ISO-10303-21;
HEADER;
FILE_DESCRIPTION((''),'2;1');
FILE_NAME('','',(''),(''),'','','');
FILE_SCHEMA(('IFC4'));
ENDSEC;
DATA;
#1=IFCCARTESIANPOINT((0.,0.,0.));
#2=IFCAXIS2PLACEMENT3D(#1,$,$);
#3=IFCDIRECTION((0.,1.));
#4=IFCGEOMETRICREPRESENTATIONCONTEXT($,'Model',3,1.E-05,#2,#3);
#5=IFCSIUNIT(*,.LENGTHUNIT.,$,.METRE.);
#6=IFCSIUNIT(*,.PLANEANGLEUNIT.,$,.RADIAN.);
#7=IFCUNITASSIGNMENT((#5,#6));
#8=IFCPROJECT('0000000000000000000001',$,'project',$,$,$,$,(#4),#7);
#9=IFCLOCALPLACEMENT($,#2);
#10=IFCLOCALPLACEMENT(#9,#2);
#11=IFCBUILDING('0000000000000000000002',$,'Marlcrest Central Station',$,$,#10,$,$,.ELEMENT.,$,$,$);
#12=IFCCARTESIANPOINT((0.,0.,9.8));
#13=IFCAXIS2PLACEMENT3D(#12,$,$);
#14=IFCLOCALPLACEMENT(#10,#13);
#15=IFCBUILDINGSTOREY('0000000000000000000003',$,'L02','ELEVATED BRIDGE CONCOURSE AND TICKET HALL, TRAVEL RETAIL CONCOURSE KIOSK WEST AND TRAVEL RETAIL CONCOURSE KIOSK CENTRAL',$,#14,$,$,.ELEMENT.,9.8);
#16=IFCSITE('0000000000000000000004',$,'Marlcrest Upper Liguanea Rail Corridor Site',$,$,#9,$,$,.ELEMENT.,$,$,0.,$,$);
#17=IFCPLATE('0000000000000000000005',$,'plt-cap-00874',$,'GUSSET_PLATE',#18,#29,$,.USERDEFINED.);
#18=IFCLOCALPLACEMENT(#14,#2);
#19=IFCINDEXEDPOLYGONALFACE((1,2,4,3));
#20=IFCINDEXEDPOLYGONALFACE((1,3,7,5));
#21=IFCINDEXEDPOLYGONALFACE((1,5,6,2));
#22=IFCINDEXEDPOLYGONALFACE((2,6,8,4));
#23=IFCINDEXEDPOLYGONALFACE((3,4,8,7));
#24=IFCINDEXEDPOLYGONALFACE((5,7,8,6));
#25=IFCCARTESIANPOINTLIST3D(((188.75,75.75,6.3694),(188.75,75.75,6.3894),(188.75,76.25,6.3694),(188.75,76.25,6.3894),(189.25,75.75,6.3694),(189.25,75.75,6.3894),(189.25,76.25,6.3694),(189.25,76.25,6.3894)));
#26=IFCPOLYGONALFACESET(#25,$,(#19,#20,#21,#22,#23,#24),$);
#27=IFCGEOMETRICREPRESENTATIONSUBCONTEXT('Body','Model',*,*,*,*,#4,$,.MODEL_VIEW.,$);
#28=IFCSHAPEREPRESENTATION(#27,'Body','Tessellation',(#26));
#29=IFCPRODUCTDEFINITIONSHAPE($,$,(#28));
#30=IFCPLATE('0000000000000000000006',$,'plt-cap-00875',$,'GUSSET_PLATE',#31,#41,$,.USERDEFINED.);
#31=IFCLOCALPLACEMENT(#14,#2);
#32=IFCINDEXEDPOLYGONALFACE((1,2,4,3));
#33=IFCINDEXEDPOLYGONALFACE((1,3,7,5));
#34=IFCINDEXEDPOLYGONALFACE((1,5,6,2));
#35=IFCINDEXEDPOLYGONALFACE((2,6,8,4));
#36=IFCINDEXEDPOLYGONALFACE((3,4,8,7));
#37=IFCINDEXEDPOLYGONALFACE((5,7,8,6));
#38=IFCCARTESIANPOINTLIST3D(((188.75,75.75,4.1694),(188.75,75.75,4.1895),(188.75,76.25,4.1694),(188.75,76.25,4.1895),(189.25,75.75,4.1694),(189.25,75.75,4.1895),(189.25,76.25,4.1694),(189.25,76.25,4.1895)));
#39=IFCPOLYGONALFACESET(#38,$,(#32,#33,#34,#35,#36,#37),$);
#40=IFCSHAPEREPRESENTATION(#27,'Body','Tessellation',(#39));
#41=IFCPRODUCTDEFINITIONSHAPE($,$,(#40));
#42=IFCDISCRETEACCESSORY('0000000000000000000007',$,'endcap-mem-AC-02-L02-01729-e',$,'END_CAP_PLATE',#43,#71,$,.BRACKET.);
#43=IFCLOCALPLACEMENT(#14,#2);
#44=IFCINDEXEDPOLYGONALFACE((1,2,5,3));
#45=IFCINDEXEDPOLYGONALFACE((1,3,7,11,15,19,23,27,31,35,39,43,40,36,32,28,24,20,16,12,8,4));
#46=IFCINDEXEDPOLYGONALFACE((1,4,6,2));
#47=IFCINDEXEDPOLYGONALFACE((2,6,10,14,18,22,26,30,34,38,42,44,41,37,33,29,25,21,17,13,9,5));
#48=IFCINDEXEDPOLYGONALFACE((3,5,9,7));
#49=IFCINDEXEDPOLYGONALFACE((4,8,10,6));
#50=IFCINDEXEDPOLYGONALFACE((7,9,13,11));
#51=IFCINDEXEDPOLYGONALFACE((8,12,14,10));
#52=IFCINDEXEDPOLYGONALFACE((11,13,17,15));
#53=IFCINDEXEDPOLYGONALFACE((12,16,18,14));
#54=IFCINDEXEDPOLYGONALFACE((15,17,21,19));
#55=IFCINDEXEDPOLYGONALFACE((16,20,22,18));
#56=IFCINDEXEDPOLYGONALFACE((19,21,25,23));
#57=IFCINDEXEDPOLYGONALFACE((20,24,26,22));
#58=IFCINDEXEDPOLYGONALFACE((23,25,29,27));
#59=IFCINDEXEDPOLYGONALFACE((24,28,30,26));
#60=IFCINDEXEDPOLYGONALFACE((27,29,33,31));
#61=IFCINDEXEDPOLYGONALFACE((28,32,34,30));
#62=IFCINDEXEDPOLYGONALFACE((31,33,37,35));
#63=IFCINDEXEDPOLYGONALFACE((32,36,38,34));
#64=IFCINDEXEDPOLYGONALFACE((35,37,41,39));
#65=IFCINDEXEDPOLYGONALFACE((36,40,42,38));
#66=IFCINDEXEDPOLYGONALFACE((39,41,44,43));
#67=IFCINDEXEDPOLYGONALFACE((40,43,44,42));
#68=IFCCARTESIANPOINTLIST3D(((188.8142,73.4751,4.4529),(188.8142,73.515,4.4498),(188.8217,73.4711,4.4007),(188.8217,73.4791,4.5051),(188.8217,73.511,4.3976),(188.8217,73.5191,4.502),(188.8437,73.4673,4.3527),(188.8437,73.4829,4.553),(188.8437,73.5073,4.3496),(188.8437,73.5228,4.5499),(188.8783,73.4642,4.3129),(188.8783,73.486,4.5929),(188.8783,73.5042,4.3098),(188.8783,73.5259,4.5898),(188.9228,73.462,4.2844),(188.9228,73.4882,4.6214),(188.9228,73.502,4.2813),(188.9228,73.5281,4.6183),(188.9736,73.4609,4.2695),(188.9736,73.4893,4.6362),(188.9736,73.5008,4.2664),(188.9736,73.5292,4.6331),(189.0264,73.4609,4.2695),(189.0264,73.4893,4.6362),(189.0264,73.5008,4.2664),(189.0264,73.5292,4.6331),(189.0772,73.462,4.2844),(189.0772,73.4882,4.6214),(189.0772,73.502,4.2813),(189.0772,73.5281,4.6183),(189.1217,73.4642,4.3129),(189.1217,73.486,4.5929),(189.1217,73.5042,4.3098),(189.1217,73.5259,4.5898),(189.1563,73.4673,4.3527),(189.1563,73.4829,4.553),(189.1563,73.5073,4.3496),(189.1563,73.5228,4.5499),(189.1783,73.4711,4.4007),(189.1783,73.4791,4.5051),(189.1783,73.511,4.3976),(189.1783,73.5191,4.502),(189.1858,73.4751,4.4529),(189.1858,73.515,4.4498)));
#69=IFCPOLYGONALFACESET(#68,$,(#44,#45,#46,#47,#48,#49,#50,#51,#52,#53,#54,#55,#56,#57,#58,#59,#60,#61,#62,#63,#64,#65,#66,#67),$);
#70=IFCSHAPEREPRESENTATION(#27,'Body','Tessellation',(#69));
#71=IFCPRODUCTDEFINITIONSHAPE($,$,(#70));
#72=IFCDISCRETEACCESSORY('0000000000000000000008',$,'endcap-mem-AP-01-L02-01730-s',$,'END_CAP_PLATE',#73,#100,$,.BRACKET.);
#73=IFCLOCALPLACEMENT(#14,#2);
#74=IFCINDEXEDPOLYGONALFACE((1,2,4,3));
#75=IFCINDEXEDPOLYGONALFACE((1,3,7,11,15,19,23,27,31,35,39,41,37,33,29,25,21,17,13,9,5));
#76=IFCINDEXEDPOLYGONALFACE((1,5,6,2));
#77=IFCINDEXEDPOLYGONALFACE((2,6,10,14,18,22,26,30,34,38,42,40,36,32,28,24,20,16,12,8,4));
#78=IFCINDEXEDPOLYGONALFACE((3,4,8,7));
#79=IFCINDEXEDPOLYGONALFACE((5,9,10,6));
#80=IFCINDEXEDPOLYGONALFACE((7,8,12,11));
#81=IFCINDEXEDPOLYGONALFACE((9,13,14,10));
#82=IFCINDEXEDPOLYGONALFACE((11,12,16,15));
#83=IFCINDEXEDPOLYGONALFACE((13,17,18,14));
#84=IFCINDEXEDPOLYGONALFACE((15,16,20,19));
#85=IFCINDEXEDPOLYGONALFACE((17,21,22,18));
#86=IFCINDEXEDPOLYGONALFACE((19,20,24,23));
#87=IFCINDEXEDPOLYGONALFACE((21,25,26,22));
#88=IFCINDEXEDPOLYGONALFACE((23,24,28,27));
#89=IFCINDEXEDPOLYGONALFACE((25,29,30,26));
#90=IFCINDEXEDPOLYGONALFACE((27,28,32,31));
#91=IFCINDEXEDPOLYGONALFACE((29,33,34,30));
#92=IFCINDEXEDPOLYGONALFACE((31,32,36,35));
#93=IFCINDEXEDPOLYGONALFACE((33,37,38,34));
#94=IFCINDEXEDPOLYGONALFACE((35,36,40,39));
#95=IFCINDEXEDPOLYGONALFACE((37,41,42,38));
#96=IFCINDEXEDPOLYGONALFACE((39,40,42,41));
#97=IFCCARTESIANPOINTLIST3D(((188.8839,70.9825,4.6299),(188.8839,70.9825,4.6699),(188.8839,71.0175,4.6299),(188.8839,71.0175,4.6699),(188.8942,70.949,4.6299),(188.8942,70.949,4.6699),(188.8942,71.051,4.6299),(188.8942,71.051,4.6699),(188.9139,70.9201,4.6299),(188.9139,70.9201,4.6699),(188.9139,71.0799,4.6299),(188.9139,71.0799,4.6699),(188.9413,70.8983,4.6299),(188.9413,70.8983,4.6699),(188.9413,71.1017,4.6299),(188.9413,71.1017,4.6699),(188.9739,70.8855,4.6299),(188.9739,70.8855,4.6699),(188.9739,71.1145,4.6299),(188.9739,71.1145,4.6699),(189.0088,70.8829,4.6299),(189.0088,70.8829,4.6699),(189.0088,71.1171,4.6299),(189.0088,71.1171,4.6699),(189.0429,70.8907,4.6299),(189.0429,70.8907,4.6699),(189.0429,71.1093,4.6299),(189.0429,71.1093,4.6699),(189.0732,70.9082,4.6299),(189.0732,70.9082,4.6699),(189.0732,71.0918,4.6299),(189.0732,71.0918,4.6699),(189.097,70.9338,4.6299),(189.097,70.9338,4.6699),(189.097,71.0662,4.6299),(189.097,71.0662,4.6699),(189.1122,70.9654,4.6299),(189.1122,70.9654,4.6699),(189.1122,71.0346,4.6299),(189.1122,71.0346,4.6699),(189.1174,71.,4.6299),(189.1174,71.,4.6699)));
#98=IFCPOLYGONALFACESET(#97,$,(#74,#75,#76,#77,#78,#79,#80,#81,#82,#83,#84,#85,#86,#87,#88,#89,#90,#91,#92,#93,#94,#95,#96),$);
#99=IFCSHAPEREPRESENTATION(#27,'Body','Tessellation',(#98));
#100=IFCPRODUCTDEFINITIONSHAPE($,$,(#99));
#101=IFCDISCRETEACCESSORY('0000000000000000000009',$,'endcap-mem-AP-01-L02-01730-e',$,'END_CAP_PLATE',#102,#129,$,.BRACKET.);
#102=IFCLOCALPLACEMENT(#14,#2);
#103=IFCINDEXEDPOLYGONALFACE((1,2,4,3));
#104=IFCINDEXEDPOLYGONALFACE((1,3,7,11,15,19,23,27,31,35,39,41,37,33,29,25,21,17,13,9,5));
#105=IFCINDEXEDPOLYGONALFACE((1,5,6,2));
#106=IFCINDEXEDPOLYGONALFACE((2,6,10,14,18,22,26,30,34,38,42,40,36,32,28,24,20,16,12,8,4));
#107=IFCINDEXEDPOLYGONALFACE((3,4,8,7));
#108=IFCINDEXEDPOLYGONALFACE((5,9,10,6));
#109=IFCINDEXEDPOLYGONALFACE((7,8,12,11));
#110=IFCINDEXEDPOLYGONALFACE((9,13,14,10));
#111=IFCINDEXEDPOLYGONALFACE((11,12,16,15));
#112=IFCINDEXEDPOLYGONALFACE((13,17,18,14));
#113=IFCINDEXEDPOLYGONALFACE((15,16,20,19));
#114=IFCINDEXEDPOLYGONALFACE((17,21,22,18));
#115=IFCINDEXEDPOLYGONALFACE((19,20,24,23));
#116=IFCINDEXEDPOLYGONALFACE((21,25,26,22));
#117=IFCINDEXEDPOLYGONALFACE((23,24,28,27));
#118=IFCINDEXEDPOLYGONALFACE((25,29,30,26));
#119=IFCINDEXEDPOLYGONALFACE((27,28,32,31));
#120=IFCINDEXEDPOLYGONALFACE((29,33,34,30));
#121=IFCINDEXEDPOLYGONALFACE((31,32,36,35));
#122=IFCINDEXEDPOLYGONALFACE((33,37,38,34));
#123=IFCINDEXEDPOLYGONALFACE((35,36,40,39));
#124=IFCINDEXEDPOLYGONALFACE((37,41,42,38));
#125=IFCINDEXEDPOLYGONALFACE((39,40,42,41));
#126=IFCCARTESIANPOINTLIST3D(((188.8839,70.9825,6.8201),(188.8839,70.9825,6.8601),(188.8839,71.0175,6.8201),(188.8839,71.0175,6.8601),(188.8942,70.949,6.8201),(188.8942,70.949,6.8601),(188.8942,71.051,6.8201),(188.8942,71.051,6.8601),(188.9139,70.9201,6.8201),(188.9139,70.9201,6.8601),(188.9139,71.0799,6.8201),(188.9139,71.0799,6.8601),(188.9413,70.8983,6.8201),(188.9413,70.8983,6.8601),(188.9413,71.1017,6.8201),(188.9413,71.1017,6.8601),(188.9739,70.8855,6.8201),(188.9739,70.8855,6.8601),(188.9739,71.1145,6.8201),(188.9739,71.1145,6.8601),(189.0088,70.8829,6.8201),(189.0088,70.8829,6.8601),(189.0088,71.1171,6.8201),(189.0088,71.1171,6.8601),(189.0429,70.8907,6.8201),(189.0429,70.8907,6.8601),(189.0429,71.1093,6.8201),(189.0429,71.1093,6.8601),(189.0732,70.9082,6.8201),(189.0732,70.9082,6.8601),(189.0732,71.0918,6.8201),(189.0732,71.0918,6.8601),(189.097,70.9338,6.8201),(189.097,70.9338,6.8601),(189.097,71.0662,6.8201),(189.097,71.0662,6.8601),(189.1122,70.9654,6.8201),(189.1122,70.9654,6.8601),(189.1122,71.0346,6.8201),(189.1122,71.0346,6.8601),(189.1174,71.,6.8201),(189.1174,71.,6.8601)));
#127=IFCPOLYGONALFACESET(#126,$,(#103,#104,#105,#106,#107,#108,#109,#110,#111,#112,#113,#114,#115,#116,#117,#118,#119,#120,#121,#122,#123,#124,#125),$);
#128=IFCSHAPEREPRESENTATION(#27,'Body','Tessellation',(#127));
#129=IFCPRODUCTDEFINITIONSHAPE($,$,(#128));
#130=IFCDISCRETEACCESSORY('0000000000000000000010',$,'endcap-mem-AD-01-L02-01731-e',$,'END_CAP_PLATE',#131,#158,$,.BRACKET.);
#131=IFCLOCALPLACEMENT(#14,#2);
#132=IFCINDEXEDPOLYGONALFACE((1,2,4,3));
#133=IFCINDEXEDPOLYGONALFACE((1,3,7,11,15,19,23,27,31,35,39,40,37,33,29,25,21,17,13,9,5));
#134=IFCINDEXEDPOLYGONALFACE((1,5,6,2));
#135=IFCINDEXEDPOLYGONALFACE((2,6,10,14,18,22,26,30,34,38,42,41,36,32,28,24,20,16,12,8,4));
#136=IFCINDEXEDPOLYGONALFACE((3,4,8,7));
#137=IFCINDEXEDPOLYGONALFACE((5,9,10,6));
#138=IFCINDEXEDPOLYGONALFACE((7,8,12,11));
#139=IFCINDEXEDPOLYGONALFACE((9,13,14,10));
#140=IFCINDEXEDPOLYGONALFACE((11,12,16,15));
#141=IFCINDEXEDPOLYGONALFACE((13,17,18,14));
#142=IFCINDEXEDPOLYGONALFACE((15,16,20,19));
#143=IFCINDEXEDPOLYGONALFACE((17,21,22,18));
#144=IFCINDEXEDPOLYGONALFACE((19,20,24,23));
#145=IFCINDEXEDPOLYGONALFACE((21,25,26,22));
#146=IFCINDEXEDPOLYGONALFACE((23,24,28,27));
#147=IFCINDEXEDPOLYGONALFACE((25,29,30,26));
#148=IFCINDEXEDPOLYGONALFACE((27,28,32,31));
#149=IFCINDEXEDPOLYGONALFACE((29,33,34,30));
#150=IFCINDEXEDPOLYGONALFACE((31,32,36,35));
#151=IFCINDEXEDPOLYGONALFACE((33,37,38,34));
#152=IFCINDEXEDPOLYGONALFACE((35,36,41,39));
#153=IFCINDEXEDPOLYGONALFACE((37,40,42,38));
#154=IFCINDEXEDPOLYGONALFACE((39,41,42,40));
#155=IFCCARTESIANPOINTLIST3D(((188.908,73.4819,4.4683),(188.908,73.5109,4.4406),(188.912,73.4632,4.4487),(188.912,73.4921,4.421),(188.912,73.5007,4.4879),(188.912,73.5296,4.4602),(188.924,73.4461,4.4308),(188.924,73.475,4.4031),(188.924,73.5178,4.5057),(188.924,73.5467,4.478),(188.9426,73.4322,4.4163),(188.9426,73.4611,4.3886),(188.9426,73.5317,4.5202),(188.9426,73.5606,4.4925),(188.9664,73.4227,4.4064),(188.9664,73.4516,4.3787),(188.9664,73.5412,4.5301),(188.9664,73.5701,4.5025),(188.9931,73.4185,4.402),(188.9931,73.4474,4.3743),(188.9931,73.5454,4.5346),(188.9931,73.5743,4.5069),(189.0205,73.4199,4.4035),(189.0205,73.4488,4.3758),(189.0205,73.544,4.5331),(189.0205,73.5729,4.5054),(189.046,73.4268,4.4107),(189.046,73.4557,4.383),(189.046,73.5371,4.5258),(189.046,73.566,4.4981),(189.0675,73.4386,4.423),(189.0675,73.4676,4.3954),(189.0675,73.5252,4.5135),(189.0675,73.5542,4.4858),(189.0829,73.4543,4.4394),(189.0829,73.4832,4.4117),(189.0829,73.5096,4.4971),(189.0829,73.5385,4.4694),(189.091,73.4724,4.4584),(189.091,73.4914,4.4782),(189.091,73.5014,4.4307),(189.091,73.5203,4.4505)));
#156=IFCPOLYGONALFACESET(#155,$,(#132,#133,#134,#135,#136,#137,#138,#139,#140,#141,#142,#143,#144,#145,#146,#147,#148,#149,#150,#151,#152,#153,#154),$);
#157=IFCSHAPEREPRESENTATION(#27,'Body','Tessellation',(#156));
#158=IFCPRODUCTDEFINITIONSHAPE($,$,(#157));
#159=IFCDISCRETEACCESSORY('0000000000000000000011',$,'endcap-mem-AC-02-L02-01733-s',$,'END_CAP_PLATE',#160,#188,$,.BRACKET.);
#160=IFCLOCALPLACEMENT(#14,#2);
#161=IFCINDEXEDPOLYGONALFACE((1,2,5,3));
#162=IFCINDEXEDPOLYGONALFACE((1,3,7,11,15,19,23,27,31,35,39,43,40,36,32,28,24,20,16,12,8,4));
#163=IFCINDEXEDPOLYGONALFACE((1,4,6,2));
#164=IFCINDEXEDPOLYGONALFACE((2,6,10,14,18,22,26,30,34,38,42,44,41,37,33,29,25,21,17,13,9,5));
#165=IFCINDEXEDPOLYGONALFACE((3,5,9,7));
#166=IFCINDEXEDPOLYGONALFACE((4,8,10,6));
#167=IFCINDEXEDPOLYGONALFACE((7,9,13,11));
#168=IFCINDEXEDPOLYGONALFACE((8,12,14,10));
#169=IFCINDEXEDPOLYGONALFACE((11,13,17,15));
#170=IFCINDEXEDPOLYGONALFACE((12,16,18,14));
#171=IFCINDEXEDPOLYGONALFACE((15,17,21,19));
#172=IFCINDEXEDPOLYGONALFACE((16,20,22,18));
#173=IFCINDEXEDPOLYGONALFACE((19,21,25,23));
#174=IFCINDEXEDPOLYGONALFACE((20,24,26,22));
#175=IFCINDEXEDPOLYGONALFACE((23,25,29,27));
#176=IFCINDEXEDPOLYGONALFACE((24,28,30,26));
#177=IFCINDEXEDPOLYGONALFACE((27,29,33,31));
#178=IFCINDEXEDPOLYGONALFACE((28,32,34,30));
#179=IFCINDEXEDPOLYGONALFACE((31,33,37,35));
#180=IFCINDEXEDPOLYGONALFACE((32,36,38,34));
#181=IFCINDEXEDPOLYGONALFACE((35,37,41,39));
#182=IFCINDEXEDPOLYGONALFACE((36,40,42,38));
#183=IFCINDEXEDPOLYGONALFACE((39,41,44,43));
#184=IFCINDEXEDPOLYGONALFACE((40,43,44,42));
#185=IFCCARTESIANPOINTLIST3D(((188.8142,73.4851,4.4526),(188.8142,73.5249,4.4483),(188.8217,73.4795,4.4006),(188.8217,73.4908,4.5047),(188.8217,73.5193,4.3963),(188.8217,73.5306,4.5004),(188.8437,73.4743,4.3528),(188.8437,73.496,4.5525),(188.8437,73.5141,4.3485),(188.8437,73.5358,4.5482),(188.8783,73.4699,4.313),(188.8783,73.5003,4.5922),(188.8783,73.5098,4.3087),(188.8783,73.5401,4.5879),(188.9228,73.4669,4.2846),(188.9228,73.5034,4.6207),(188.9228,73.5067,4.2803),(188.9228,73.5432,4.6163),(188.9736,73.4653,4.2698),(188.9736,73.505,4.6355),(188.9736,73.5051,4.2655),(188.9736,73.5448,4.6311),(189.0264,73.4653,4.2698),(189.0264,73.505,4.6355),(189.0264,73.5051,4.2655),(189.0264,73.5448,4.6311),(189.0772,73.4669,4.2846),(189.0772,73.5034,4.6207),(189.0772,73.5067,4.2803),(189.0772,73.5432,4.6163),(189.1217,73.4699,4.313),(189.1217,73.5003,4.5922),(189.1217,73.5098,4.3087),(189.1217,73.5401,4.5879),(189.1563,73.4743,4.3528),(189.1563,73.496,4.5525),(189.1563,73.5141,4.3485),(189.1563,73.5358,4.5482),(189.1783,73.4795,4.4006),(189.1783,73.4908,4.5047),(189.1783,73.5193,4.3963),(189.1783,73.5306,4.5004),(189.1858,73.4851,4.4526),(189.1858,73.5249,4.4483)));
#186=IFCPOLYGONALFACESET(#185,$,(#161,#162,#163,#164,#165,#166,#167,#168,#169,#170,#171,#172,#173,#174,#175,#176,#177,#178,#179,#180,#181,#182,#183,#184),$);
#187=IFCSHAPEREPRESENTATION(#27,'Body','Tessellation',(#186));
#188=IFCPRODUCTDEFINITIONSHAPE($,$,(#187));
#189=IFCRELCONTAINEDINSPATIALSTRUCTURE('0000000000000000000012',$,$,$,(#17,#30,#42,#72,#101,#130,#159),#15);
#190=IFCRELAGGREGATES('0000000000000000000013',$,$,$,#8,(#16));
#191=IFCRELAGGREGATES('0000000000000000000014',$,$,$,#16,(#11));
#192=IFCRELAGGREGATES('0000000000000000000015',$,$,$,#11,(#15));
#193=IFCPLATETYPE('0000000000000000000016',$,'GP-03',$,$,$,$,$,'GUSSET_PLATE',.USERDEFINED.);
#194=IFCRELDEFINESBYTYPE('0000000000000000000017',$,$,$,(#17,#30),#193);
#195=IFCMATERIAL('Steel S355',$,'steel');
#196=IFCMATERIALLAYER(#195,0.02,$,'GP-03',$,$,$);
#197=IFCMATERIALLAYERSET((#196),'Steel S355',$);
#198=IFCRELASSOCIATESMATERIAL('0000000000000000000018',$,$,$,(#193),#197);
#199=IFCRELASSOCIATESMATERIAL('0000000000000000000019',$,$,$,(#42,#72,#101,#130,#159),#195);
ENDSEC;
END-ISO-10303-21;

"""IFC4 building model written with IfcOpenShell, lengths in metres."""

from ifc_helpers import new_model, si_unit, direction, frame, origin, origin_2d, place, context, subcontext, project, spatial, rectangle, circle, extrude, material, layer, layer_set, type_object, element, save


model = new_model("IFC4")

# Units and contexts
model_context = context("Model", 3, precision=1e-05, world=origin(), true_north=direction((0.0, 1.0)))
body_context = subcontext(model_context, "Body", "Model", "MODEL_VIEW")
ifc_project = project(units=[si_unit("LENGTHUNIT", "METRE"), si_unit("PLANEANGLEUNIT", "RADIAN")], contexts=[model_context])

# Site, building, storey
site_placement = place(None, origin())
site = spatial("IfcSite", under=ifc_project, at=site_placement, Name="Marlcrest Upper Liguanea Rail Corridor Site", CompositionType="ELEMENT", RefElevation=0.0)
building_placement = place(site_placement, origin())
building = spatial("IfcBuilding", under=site, at=building_placement, Name="Marlcrest Central Station", CompositionType="ELEMENT")
storey_placement = place(building_placement, frame((0.0, 0.0, 9.8)))
storey = spatial("IfcBuildingStorey", under=building, at=storey_placement, Name="L02", Description="ELEVATED BRIDGE CONCOURSE AND TICKET HALL, TRAVEL RETAIL CONCOURSE KIOSK WEST AND TRAVEL RETAIL CONCOURSE KIOSK CENTRAL", CompositionType="ELEMENT", Elevation=9.8)

# Shared definitions
ifc_material = material(Name="Steel S355", Category="steel")

# Plates
ifc_layer = layer(ifc_material, 0.02, Name="GP-03")
ifc_layer_set = layer_set([ifc_layer], Name="Steel S355")
plate_type = type_object("IfcPlateType", Name="GP-03", ElementType="GUSSET_PLATE", PredefinedType="USERDEFINED", material=ifc_layer_set)
for number, where, z_axis, x_axis, name in (
    (1, (189.0, 76.0, 6.3694), (0.0, 0.0, 1.0), (1.0, 0.0, 0.0), "plt-cap-00874"),
    (2, (189.0, 76.0, 4.1694), (0.0, 0.0, 1.0), (1.0, 0.0, 0.0), "plt-cap-00875"),
):
    element("IfcPlate", number, at=place(storey_placement, frame(where, z_axis=z_axis, x_axis=x_axis)), inside=storey, type_object=plate_type, Name=name, ObjectType="GUSSET_PLATE", PredefinedType="USERDEFINED", context=body_context, shape_type="SweptSolid", body=[
        extrude(rectangle(XDim=0.5, YDim=0.5, at=origin_2d()), origin(), (0.0, 0.0, 1.0), 0.02),
    ])

# Discrete accessories
discrete_accessory_1_placement = place(storey_placement, frame((189.0, 73.4751, 4.4529), z_axis=(0.0, 0.997007, -0.077307), x_axis=(-1.0, 0.0, 0.0)))
element("IfcDiscreteAccessory", 3, at=discrete_accessory_1_placement, inside=storey, material=ifc_material, Name="endcap-mem-AC-02-L02-01729-e", ObjectType="END_CAP_PLATE", PredefinedType="BRACKET", context=body_context, shape_type="SweptSolid", body=[
    extrude(circle(Radius=0.1858, at=origin_2d()), origin(), (0.0, 0.0, 1.0), 0.04),
])
for number, where, z_axis, x_axis, name in (
    (4, (189.0, 71.0, 4.6299), (0.0, 0.0, 1.0), (1.0, 0.0, 0.0), "endcap-mem-AP-01-L02-01730-s"),
    (5, (189.0, 71.0, 6.8201), (0.0, 0.0, 1.0), (1.0, 0.0, 0.0), "endcap-mem-AP-01-L02-01730-e"),
):
    element("IfcDiscreteAccessory", number, at=place(storey_placement, frame(where, z_axis=z_axis, x_axis=x_axis)), inside=storey, material=ifc_material, Name=name, ObjectType="END_CAP_PLATE", PredefinedType="BRACKET", context=body_context, shape_type="SweptSolid", body=[
        extrude(circle(Radius=0.1174, at=origin_2d()), origin(), (0.0, 0.0, 1.0), 0.04),
    ])
discrete_accessory_2_placement = place(storey_placement, frame((189.0, 73.4819, 4.4683), z_axis=(0.0, 0.722247, -0.691636), x_axis=(-1.0, 0.0, 0.0)))
element("IfcDiscreteAccessory", 6, at=discrete_accessory_2_placement, inside=storey, material=ifc_material, Name="endcap-mem-AD-01-L02-01731-e", ObjectType="END_CAP_PLATE", PredefinedType="BRACKET", context=body_context, shape_type="SweptSolid", body=[
    extrude(circle(Radius=0.092, at=origin_2d()), origin(), (0.0, 0.0, 1.0), 0.04),
])
for number, where, z_axis, x_axis, name in (
    (7, (189.0, 73.4851, 4.4526), (0.0, 0.994155, -0.107959), (-1.0, 0.0, 0.0), "endcap-mem-AC-02-L02-01733-s"),
):
    element("IfcDiscreteAccessory", number, at=place(storey_placement, frame(where, z_axis=z_axis, x_axis=x_axis)), inside=storey, material=ifc_material, Name=name, ObjectType="END_CAP_PLATE", PredefinedType="BRACKET", context=body_context, shape_type="SweptSolid", body=[
        extrude(circle(Radius=0.1858, at=origin_2d()), origin(), (0.0, 0.0, 1.0), 0.04),
    ])

save(model, "model.ifc")
